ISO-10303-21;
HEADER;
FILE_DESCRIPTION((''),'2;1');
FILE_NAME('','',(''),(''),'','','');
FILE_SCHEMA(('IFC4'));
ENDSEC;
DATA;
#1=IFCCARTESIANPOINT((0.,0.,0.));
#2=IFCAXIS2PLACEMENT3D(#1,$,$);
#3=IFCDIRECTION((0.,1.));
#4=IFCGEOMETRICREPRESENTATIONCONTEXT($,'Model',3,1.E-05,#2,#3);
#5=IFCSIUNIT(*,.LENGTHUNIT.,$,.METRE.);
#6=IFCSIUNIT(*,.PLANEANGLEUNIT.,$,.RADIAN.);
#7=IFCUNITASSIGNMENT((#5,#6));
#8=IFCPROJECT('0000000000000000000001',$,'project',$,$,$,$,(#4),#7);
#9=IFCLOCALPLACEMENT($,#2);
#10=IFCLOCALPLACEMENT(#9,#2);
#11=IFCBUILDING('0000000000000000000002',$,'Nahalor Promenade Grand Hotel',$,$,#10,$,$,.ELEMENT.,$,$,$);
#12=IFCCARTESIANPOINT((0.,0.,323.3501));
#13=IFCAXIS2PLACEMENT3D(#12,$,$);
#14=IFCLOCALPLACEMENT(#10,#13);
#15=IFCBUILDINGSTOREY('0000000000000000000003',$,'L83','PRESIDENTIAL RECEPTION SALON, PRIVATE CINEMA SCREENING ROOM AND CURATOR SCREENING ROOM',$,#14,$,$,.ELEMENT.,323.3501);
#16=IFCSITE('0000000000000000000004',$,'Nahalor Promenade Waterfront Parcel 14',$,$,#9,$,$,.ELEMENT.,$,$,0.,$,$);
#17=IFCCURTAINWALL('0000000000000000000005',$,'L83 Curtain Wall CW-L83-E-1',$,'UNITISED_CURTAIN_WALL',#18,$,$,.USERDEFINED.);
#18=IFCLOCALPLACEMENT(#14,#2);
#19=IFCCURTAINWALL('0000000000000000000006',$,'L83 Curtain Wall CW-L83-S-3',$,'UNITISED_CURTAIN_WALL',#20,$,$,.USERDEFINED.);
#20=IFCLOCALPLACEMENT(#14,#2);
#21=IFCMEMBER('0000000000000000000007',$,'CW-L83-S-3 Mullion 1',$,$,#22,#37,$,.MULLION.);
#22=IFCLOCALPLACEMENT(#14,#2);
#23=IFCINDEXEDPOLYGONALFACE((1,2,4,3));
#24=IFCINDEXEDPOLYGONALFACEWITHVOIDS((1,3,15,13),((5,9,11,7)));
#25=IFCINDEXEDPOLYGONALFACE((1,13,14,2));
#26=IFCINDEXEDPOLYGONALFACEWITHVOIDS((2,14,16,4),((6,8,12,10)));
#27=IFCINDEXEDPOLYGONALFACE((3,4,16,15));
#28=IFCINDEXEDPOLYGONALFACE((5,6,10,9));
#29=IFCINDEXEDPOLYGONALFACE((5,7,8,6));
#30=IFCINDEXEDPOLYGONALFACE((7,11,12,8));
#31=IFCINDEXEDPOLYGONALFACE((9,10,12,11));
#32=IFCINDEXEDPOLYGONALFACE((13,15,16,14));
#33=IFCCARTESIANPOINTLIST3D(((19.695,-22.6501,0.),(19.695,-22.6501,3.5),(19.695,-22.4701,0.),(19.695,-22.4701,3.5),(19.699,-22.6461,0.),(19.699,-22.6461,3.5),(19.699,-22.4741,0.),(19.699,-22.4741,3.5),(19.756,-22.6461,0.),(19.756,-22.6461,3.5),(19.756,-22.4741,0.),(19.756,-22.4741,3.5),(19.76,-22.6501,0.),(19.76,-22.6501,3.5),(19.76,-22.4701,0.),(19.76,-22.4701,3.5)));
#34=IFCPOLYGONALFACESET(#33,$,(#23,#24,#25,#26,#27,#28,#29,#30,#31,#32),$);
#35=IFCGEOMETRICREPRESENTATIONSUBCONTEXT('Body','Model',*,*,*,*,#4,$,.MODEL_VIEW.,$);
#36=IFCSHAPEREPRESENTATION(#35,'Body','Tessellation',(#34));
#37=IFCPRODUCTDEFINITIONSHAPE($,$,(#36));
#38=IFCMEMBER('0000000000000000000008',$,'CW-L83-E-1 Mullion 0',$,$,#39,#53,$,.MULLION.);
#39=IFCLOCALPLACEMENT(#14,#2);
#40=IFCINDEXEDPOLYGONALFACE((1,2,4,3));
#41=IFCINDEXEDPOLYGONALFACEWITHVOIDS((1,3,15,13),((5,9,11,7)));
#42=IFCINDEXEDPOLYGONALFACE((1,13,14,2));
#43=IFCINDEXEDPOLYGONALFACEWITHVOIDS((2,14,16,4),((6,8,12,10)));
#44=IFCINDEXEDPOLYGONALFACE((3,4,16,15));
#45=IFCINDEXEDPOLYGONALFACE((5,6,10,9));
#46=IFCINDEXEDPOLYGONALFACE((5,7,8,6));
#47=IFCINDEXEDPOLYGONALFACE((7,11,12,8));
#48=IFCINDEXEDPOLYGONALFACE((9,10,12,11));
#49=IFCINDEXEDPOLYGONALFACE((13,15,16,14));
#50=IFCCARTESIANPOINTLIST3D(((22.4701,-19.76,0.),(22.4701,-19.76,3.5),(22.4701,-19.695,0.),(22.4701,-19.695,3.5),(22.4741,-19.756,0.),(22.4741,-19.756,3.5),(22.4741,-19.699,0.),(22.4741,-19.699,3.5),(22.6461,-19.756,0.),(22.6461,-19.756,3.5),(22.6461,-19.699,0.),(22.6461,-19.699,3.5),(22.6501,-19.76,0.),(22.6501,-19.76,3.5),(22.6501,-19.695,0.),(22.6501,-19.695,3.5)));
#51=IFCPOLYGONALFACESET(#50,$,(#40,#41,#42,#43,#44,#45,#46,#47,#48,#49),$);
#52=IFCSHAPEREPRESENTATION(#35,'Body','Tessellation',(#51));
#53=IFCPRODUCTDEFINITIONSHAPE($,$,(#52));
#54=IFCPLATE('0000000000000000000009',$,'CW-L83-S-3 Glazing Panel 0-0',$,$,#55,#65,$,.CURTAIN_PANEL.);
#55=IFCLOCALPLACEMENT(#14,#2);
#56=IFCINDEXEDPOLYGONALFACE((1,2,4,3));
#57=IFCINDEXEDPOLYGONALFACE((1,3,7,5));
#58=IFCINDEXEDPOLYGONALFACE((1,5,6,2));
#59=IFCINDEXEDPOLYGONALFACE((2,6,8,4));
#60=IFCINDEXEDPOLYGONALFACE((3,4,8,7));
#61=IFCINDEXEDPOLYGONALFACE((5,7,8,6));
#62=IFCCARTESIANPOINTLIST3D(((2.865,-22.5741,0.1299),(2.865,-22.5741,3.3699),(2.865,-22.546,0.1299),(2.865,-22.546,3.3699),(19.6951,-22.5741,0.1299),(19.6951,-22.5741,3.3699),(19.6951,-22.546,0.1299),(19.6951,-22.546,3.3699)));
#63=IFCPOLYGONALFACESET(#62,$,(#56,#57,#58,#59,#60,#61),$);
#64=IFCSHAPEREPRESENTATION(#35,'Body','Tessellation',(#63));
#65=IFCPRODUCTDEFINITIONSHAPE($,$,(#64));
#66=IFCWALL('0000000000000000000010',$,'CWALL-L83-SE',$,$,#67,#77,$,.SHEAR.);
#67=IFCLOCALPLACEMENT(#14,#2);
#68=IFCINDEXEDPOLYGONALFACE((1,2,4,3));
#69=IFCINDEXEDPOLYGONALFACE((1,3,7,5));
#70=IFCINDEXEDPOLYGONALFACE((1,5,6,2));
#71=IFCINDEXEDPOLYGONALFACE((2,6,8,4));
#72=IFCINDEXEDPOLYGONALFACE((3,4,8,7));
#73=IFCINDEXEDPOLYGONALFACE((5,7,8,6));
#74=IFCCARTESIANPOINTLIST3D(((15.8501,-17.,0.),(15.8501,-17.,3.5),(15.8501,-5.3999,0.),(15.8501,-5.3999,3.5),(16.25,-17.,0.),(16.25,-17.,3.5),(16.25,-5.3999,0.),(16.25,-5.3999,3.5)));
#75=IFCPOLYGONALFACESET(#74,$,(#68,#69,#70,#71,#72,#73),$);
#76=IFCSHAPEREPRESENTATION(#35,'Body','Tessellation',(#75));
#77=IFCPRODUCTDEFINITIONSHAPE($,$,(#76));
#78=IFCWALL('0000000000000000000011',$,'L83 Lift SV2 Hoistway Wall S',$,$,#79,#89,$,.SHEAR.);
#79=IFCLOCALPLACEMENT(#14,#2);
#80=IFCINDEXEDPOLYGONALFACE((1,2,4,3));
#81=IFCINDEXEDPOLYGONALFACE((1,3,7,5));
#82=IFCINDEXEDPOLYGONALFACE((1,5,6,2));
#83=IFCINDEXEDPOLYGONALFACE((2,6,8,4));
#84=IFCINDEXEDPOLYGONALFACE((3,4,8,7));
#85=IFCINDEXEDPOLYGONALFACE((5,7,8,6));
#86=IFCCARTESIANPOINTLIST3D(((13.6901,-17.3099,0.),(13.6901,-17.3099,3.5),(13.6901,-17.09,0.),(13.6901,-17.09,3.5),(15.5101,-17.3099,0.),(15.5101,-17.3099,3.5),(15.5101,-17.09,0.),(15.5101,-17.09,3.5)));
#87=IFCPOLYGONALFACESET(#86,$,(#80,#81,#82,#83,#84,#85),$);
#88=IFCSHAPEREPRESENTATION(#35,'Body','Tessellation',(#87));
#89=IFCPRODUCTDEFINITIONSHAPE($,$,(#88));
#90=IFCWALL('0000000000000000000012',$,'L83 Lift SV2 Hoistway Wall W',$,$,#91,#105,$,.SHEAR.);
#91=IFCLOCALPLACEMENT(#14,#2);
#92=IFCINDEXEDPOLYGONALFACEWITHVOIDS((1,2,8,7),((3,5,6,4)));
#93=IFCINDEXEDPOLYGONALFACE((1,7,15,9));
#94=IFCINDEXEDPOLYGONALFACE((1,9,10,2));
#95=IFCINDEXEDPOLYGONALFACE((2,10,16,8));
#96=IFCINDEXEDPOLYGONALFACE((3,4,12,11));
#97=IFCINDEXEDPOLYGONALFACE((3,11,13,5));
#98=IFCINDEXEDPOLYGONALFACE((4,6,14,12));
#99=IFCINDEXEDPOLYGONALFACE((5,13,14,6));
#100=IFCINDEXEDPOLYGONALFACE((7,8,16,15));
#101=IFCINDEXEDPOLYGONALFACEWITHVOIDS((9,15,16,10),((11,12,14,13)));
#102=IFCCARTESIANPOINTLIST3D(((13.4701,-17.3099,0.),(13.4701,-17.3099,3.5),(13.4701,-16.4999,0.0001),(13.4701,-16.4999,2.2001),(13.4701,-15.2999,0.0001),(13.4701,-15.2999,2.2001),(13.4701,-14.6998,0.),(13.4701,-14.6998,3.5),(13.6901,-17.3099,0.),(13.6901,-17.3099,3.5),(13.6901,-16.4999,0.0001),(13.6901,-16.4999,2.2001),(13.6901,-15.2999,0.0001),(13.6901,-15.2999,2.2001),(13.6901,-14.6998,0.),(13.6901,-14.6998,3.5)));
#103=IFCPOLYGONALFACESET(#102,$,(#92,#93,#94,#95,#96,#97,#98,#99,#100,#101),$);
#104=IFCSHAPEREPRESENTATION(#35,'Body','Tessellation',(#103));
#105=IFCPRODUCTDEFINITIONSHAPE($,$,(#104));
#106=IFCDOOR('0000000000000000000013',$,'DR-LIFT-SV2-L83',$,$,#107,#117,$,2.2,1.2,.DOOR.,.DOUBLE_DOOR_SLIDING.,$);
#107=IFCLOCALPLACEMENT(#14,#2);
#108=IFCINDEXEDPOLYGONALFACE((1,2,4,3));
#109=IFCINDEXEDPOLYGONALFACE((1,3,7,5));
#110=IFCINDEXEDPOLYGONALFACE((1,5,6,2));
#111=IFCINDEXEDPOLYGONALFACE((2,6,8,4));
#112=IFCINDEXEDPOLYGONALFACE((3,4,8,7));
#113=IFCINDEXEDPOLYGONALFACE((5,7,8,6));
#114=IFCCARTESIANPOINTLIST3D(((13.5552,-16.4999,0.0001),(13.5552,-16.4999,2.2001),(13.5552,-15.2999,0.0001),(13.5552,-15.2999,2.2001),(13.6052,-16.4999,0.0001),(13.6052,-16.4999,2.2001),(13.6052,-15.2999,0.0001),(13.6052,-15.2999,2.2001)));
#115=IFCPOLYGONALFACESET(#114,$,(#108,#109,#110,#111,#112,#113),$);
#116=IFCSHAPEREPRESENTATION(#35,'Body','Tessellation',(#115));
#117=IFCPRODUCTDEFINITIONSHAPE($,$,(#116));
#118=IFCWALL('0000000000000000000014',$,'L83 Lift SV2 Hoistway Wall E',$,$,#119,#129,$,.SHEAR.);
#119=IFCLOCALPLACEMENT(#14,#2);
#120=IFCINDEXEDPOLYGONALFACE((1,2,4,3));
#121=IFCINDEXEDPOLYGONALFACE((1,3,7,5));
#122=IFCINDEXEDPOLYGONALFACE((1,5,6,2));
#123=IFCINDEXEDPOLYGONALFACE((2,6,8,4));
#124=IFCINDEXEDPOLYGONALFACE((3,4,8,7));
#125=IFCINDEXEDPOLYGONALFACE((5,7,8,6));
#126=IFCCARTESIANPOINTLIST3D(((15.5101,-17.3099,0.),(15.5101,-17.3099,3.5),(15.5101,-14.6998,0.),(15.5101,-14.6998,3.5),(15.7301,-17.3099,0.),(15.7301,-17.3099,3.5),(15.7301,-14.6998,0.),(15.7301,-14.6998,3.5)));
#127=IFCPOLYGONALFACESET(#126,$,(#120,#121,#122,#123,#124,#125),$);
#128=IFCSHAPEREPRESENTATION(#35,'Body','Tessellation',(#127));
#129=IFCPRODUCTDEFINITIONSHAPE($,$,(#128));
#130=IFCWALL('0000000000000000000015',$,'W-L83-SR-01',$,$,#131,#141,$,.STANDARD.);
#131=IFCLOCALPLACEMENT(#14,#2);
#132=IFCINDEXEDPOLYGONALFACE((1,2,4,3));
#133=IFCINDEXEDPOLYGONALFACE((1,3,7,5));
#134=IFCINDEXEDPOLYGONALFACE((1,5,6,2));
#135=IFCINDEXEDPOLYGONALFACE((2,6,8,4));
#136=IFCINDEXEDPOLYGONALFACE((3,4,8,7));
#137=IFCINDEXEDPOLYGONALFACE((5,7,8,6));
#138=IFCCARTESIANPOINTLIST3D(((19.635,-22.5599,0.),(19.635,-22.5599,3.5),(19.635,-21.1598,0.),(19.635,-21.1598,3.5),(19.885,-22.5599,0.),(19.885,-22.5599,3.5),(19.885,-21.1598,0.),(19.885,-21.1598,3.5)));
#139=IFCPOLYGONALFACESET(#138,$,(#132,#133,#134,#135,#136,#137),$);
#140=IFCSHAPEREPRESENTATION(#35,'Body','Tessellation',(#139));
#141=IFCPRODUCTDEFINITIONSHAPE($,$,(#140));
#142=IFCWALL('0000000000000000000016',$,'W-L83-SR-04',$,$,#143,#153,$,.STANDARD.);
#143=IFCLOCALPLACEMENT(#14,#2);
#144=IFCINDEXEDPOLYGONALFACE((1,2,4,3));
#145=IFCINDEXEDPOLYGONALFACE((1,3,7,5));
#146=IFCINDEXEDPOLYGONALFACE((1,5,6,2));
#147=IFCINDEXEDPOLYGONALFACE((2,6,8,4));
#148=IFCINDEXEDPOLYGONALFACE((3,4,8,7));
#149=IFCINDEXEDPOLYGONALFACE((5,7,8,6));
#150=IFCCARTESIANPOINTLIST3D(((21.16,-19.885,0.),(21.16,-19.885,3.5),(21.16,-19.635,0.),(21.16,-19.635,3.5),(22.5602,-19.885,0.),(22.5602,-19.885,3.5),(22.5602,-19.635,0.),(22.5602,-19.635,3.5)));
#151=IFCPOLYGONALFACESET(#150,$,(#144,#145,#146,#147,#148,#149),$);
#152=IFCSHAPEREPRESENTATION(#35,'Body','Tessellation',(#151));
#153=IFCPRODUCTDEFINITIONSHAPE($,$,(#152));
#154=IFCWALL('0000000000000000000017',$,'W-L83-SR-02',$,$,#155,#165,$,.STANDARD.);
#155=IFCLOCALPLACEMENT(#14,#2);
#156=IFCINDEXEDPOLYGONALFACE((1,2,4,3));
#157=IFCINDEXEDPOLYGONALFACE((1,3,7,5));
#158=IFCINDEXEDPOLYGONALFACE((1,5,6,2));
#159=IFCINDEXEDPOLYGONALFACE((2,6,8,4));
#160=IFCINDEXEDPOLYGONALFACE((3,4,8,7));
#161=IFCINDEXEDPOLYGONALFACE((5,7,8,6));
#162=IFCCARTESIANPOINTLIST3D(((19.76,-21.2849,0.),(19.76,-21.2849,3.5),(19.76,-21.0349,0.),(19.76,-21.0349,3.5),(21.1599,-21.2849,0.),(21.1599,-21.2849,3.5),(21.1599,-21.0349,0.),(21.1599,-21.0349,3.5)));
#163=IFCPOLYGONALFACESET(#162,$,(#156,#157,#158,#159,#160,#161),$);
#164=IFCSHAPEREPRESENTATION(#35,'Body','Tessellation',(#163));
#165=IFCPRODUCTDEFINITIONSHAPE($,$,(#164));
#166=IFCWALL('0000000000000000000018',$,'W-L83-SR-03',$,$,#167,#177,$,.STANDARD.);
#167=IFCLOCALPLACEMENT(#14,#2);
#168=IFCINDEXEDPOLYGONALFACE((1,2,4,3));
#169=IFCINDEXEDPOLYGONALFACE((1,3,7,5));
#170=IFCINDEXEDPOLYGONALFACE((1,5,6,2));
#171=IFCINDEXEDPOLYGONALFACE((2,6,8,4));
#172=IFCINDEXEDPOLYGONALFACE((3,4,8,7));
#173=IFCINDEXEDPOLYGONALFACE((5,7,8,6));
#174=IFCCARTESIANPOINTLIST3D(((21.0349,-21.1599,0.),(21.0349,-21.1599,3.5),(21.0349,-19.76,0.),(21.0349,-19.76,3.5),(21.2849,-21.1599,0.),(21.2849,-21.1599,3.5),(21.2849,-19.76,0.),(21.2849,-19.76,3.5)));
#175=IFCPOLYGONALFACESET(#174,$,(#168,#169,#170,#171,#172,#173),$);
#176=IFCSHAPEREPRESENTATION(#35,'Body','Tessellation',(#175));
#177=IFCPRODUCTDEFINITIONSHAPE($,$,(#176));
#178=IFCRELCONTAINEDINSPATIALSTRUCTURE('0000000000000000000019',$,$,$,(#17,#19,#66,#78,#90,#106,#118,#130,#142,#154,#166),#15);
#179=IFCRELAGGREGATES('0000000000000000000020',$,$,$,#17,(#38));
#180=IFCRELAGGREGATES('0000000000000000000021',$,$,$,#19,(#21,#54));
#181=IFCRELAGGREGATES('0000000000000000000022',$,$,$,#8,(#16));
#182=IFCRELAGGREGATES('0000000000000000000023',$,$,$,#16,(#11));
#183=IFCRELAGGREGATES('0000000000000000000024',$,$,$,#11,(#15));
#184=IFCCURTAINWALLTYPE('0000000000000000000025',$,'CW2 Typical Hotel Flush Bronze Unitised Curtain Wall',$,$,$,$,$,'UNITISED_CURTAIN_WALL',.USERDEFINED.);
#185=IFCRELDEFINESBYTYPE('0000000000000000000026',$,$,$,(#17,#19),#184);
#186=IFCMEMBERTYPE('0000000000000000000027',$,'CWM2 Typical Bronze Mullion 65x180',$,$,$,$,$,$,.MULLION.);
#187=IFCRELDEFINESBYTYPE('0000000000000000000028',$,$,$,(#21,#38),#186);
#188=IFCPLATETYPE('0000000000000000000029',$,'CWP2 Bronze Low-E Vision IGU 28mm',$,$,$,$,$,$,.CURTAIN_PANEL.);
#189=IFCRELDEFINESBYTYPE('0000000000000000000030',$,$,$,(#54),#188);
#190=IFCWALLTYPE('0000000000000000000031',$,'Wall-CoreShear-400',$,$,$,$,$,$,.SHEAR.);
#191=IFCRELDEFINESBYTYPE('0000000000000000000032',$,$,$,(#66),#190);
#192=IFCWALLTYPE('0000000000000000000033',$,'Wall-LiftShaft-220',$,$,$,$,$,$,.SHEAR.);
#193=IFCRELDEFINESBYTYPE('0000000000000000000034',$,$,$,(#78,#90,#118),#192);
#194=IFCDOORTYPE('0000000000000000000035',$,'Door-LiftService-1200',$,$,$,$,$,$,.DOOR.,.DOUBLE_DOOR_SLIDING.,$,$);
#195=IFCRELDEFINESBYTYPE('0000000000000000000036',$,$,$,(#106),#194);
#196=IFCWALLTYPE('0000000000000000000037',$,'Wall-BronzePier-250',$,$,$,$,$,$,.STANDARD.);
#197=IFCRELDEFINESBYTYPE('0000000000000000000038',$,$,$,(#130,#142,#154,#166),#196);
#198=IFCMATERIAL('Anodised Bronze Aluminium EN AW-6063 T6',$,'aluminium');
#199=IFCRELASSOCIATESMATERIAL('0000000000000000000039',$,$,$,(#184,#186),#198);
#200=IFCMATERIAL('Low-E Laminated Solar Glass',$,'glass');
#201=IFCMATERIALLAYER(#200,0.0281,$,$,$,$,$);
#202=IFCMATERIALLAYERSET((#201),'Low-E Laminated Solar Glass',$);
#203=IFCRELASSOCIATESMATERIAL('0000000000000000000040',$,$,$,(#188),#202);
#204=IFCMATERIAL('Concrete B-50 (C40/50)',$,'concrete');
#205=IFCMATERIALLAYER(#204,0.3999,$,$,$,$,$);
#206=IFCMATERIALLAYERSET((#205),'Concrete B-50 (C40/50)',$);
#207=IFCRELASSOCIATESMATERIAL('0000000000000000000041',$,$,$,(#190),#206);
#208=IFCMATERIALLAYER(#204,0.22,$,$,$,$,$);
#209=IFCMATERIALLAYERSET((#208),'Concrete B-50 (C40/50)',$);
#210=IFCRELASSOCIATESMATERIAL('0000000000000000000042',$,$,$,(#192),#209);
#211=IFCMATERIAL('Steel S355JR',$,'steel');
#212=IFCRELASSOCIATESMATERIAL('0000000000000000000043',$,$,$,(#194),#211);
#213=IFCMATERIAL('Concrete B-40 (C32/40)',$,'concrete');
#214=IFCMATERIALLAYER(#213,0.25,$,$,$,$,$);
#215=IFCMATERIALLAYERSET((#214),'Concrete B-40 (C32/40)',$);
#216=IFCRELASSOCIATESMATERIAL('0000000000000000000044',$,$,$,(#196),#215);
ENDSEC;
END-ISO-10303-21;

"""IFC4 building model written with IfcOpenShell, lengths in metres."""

from ifc_helpers import new_model, si_unit, direction, frame, frame_2d, origin, origin_2d, place, context, subcontext, project, spatial, rectangle, hollow_rectangle, extrude, source, transform, mapped, material, layer, layer_set, material_profile, profile_set, type_object, element, fill, aggregate, save


model = new_model("IFC4")

# Units and contexts
model_context = context("Model", 3, precision=1e-05, world=origin(), true_north=direction((0.0, 1.0)))
body_context = subcontext(model_context, "Body", "Model", "MODEL_VIEW")
ifc_project = project(units=[si_unit("LENGTHUNIT", "METRE"), si_unit("PLANEANGLEUNIT", "RADIAN")], contexts=[model_context])

# Site, building, storey
site_placement = place(None, origin())
site = spatial("IfcSite", under=ifc_project, at=site_placement, Name="Nahalor Promenade Waterfront Parcel 14", CompositionType="ELEMENT", RefElevation=0.0)
building_placement = place(site_placement, origin())
building = spatial("IfcBuilding", under=site, at=building_placement, Name="Nahalor Promenade Grand Hotel", CompositionType="ELEMENT")
storey_placement = place(building_placement, frame((0.0, 0.0, 323.3501)))
storey = spatial("IfcBuildingStorey", under=building, at=storey_placement, Name="L83", Description="PRESIDENTIAL RECEPTION SALON, PRIVATE CINEMA SCREENING ROOM AND CURATOR SCREENING ROOM", CompositionType="ELEMENT", Elevation=323.3501)

# Shared definitions
ifc_material_1 = material(Name="Concrete B-50 (C40/50)", Category="concrete")
ifc_material_2 = material(Name="Steel S355JR", Category="steel")

# Curtain wall
ifc_material_3 = material(Name="Anodised Bronze Aluminium EN AW-6063 T6", Category="aluminium")
curtain_wall_type = type_object("IfcCurtainWallType", Name="CW2 Typical Hotel Flush Bronze Unitised Curtain Wall", ElementType="UNITISED_CURTAIN_WALL", PredefinedType="USERDEFINED", material=ifc_material_3)
curtain_wall_1_placement = place(storey_placement, origin())
curtain_wall_1 = element("IfcCurtainWall", 1, at=curtain_wall_1_placement, inside=storey, type_object=curtain_wall_type, Name="L83 Curtain Wall CW-L83-E-1", ObjectType="UNITISED_CURTAIN_WALL", PredefinedType="USERDEFINED")

# Curtain wall, member
curtain_wall_2_placement = place(storey_placement, origin())
curtain_wall_2 = element("IfcCurtainWall", 2, at=curtain_wall_2_placement, inside=storey, type_object=curtain_wall_type, Name="L83 Curtain Wall CW-L83-S-3", ObjectType="UNITISED_CURTAIN_WALL", PredefinedType="USERDEFINED")
ifc_material_profile_1 = material_profile(ifc_material_3, hollow_rectangle(XDim=0.065, YDim=0.18, WallThickness=0.004, at=origin_2d()), Name="CWM 65x180x4")
ifc_profile_set_1 = profile_set([ifc_material_profile_1], Name="Anodised Bronze Aluminium EN AW-6063 T6")
member_type_1 = type_object("IfcMemberType", Name="CWM2 Typical Bronze Mullion 65x180", PredefinedType="MULLION", material=ifc_profile_set_1)
shared_shape_1 = source(origin(), body_context, "Body", "SweptSolid", [
    extrude(hollow_rectangle(XDim=0.065, YDim=0.18, WallThickness=0.004, at=origin_2d()), origin(), (0.0, 0.0, 1.0), 3.5),
])
member_1_placement = place(storey_placement, frame((19.7275, -22.5601, 0.0), z_axis=(0.0, 0.0, 1.0), x_axis=(1.0, 0.0, 0.0)))
member_1 = element("IfcMember", 3, at=member_1_placement, type_object=member_type_1, Name="CW-L83-S-3 Mullion 1", PredefinedType="MULLION", context=body_context, shape_type="MappedRepresentation", body=[
    mapped(shared_shape_1, transform((0.0, 0.0, 0.0), scale=1.0)),
])

# Member
member_2_placement = place(storey_placement, frame((22.5601, -19.7275, 0.0), z_axis=(0.0, 0.0, 1.0), x_axis=(0.0, 1.0, 0.0)))
member_2 = element("IfcMember", 4, at=member_2_placement, type_object=member_type_1, Name="CW-L83-E-1 Mullion 0", PredefinedType="MULLION", context=body_context, shape_type="MappedRepresentation", body=[
    mapped(shared_shape_1, transform((0.0, 0.0, 0.0), scale=1.0)),
])
aggregate(curtain_wall_1, [member_2])

# Plate
ifc_material_4 = material(Name="Low-E Laminated Solar Glass", Category="glass")
ifc_layer_1 = layer(ifc_material_4, 0.0281)
ifc_layer_set_1 = layer_set([ifc_layer_1], Name="Low-E Laminated Solar Glass")
plate_type = type_object("IfcPlateType", Name="CWP2 Bronze Low-E Vision IGU 28mm", PredefinedType="CURTAIN_PANEL", material=ifc_layer_set_1)
shared_shape_2 = source(origin(), body_context, "Body", "SweptSolid", [
    extrude(rectangle(XDim=16.8301, YDim=0.0281, at=origin_2d()), origin(), (0.0, 0.0, 1.0), 3.24),
])
plate_placement = place(storey_placement, frame((11.28, -22.5601, 0.1299), z_axis=(0.0, 0.0, 1.0), x_axis=(1.0, 0.0, 0.0)))
plate = element("IfcPlate", 5, at=plate_placement, type_object=plate_type, Name="CW-L83-S-3 Glazing Panel 0-0", PredefinedType="CURTAIN_PANEL", context=body_context, shape_type="MappedRepresentation", body=[
    mapped(shared_shape_2, transform((0.0, 0.0, 0.0), scale=1.0)),
])
aggregate(curtain_wall_2, [member_1, plate])

# Walls
ifc_layer_2 = layer(ifc_material_1, 0.3999)
ifc_layer_set_2 = layer_set([ifc_layer_2], Name="Concrete B-50 (C40/50)")
wall_type_1 = type_object("IfcWallType", Name="Wall-CoreShear-400", PredefinedType="SHEAR", material=ifc_layer_set_2)
shared_shape_3 = source(origin(), body_context, "Body", "SweptSolid", [
    extrude(rectangle(XDim=11.6001, YDim=0.3999, at=frame_2d((5.8, 0.0))), origin(), (0.0, 0.0, 1.0), 3.5),
])
wall_1_placement = place(storey_placement, frame((16.05, -17.0, 0.0), z_axis=(0.0, 0.0, 1.0), x_axis=(0.0, 1.0, 0.0)))
element("IfcWall", 6, at=wall_1_placement, inside=storey, type_object=wall_type_1, Name="CWALL-L83-SE", PredefinedType="SHEAR", context=body_context, shape_type="MappedRepresentation", body=[
    mapped(shared_shape_3, transform((0.0, 0.0, 0.0), scale=1.0)),
])
ifc_layer_3 = layer(ifc_material_1, 0.22)
ifc_layer_set_3 = layer_set([ifc_layer_3], Name="Concrete B-50 (C40/50)")
wall_type_2 = type_object("IfcWallType", Name="Wall-LiftShaft-220", PredefinedType="SHEAR", material=ifc_layer_set_3)
shared_shape_4 = source(origin(), body_context, "Body", "SweptSolid", [
    extrude(rectangle(XDim=1.8201, YDim=0.22, at=frame_2d((0.9102, 0.0))), origin(), (0.0, 0.0, 1.0), 3.5),
])
wall_2_placement = place(storey_placement, frame((13.6899, -17.2, 0.0), z_axis=(0.0, 0.0, 1.0), x_axis=(1.0, 0.0, 0.0)))
element("IfcWall", 7, at=wall_2_placement, inside=storey, type_object=wall_type_2, Name="L83 Lift SV2 Hoistway Wall S", PredefinedType="SHEAR", context=body_context, shape_type="MappedRepresentation", body=[
    mapped(shared_shape_4, transform((0.0, 0.0, 0.0), scale=1.0)),
])

# Wall, opening, door
shared_shape_5 = source(origin(), body_context, "Body", "SweptSolid", [
    extrude(rectangle(XDim=2.6101, YDim=0.22, at=frame_2d((1.3052, 0.0))), origin(), (0.0, 0.0, 1.0), 3.5),
])
wall_3_placement = place(storey_placement, frame((13.5801, -17.3101, 0.0), z_axis=(0.0, 0.0, 1.0), x_axis=(0.0, 1.0, 0.0)))
wall_3 = element("IfcWall", 8, at=wall_3_placement, inside=storey, type_object=wall_type_2, Name="L83 Lift SV2 Hoistway Wall W", PredefinedType="SHEAR", context=body_context, shape_type="MappedRepresentation", body=[
    mapped(shared_shape_5, transform((0.0, 0.0, 0.0), scale=1.0)),
])
opening_placement = place(wall_3_placement, frame((0.8101, 0.0, 0.0)))
opening = element("IfcOpeningElement", 9, at=opening_placement, cuts=wall_3, PredefinedType="OPENING", context=body_context, shape_type="SweptSolid", body=[
    extrude(rectangle(XDim=1.2, YDim=2.2, at=frame_2d((0.6001, 1.1001))), frame((0.0, 0.1199, 0.0), z_axis=(0.0, -1.0, 0.0), x_axis=(1.0, 0.0, 0.0)), (0.0, 0.0, 1.0), 0.24),
])
door_type = type_object("IfcDoorType", Name="Door-LiftService-1200", OperationType="DOUBLE_DOOR_SLIDING", PredefinedType="DOOR", material=ifc_material_2)
shared_shape_6 = source(origin(), body_context, "Body", "SweptSolid", [
    extrude(rectangle(XDim=1.2, YDim=2.2, at=frame_2d((0.6001, 1.1001))), frame((0.0, 0.0249, 0.0), z_axis=(0.0, -1.0, 0.0), x_axis=(1.0, 0.0, 0.0)), (0.0, 0.0, 1.0), 0.05),
])
door_placement = place(opening_placement, origin())
door = element("IfcDoor", 10, at=door_placement, inside=storey, type_object=door_type, Name="DR-LIFT-SV2-L83", OperationType="DOUBLE_DOOR_SLIDING", OverallHeight=2.2, OverallWidth=1.2, PredefinedType="DOOR", context=body_context, shape_type="MappedRepresentation", body=[
    mapped(shared_shape_6, transform((0.0, 0.0, 0.0), scale=1.0)),
])
fill(opening, door)

# Walls
wall_4_placement = place(storey_placement, frame((15.6201, -17.3101, 0.0), z_axis=(0.0, 0.0, 1.0), x_axis=(0.0, 1.0, 0.0)))
element("IfcWall", 11, at=wall_4_placement, inside=storey, type_object=wall_type_2, Name="L83 Lift SV2 Hoistway Wall E", PredefinedType="SHEAR", context=body_context, shape_type="MappedRepresentation", body=[
    mapped(shared_shape_5, transform((0.0, 0.0, 0.0), scale=1.0)),
])
ifc_material_5 = material(Name="Concrete B-40 (C32/40)", Category="concrete")
ifc_layer_4 = layer(ifc_material_5, 0.25)
ifc_layer_set_4 = layer_set([ifc_layer_4], Name="Concrete B-40 (C32/40)")
wall_type_3 = type_object("IfcWallType", Name="Wall-BronzePier-250", PredefinedType="STANDARD", material=ifc_layer_set_4)
shared_shape_7 = source(origin(), body_context, "Body", "SweptSolid", [
    extrude(rectangle(XDim=1.4001, YDim=0.25, at=frame_2d((0.7002, 0.0))), origin(), (0.0, 0.0, 1.0), 3.5),
])
for number, where, z_axis, x_axis, name in (
    (12, (19.76, -22.5601, 0.0), (0.0, 0.0, 1.0), (0.0, 1.0, 0.0), "W-L83-SR-01"),
    (13, (21.1599, -19.76, 0.0), (0.0, 0.0, 1.0), (1.0, 0.0, 0.0), "W-L83-SR-04"),
):
    element("IfcWall", number, at=place(storey_placement, frame(where, z_axis=z_axis, x_axis=x_axis)), inside=storey, type_object=wall_type_3, Name=name, PredefinedType="STANDARD", context=body_context, shape_type="MappedRepresentation", body=[
        mapped(shared_shape_7, transform((0.0, 0.0, 0.0), scale=1.0)),
    ])
shared_shape_8 = source(origin(), body_context, "Body", "SweptSolid", [
    extrude(rectangle(XDim=1.3999, YDim=0.25, at=frame_2d((0.7, 0.0))), origin(), (0.0, 0.0, 1.0), 3.5),
])
for number, where, z_axis, x_axis, name in (
    (14, (19.76, -21.1599, 0.0), (0.0, 0.0, 1.0), (1.0, 0.0, 0.0), "W-L83-SR-02"),
    (15, (21.1599, -21.1599, 0.0), (0.0, 0.0, 1.0), (0.0, 1.0, 0.0), "W-L83-SR-03"),
):
    element("IfcWall", number, at=place(storey_placement, frame(where, z_axis=z_axis, x_axis=x_axis)), inside=storey, type_object=wall_type_3, Name=name, PredefinedType="STANDARD", context=body_context, shape_type="MappedRepresentation", body=[
        mapped(shared_shape_8, transform((0.0, 0.0, 0.0), scale=1.0)),
    ])

save(model, "model.ifc")
